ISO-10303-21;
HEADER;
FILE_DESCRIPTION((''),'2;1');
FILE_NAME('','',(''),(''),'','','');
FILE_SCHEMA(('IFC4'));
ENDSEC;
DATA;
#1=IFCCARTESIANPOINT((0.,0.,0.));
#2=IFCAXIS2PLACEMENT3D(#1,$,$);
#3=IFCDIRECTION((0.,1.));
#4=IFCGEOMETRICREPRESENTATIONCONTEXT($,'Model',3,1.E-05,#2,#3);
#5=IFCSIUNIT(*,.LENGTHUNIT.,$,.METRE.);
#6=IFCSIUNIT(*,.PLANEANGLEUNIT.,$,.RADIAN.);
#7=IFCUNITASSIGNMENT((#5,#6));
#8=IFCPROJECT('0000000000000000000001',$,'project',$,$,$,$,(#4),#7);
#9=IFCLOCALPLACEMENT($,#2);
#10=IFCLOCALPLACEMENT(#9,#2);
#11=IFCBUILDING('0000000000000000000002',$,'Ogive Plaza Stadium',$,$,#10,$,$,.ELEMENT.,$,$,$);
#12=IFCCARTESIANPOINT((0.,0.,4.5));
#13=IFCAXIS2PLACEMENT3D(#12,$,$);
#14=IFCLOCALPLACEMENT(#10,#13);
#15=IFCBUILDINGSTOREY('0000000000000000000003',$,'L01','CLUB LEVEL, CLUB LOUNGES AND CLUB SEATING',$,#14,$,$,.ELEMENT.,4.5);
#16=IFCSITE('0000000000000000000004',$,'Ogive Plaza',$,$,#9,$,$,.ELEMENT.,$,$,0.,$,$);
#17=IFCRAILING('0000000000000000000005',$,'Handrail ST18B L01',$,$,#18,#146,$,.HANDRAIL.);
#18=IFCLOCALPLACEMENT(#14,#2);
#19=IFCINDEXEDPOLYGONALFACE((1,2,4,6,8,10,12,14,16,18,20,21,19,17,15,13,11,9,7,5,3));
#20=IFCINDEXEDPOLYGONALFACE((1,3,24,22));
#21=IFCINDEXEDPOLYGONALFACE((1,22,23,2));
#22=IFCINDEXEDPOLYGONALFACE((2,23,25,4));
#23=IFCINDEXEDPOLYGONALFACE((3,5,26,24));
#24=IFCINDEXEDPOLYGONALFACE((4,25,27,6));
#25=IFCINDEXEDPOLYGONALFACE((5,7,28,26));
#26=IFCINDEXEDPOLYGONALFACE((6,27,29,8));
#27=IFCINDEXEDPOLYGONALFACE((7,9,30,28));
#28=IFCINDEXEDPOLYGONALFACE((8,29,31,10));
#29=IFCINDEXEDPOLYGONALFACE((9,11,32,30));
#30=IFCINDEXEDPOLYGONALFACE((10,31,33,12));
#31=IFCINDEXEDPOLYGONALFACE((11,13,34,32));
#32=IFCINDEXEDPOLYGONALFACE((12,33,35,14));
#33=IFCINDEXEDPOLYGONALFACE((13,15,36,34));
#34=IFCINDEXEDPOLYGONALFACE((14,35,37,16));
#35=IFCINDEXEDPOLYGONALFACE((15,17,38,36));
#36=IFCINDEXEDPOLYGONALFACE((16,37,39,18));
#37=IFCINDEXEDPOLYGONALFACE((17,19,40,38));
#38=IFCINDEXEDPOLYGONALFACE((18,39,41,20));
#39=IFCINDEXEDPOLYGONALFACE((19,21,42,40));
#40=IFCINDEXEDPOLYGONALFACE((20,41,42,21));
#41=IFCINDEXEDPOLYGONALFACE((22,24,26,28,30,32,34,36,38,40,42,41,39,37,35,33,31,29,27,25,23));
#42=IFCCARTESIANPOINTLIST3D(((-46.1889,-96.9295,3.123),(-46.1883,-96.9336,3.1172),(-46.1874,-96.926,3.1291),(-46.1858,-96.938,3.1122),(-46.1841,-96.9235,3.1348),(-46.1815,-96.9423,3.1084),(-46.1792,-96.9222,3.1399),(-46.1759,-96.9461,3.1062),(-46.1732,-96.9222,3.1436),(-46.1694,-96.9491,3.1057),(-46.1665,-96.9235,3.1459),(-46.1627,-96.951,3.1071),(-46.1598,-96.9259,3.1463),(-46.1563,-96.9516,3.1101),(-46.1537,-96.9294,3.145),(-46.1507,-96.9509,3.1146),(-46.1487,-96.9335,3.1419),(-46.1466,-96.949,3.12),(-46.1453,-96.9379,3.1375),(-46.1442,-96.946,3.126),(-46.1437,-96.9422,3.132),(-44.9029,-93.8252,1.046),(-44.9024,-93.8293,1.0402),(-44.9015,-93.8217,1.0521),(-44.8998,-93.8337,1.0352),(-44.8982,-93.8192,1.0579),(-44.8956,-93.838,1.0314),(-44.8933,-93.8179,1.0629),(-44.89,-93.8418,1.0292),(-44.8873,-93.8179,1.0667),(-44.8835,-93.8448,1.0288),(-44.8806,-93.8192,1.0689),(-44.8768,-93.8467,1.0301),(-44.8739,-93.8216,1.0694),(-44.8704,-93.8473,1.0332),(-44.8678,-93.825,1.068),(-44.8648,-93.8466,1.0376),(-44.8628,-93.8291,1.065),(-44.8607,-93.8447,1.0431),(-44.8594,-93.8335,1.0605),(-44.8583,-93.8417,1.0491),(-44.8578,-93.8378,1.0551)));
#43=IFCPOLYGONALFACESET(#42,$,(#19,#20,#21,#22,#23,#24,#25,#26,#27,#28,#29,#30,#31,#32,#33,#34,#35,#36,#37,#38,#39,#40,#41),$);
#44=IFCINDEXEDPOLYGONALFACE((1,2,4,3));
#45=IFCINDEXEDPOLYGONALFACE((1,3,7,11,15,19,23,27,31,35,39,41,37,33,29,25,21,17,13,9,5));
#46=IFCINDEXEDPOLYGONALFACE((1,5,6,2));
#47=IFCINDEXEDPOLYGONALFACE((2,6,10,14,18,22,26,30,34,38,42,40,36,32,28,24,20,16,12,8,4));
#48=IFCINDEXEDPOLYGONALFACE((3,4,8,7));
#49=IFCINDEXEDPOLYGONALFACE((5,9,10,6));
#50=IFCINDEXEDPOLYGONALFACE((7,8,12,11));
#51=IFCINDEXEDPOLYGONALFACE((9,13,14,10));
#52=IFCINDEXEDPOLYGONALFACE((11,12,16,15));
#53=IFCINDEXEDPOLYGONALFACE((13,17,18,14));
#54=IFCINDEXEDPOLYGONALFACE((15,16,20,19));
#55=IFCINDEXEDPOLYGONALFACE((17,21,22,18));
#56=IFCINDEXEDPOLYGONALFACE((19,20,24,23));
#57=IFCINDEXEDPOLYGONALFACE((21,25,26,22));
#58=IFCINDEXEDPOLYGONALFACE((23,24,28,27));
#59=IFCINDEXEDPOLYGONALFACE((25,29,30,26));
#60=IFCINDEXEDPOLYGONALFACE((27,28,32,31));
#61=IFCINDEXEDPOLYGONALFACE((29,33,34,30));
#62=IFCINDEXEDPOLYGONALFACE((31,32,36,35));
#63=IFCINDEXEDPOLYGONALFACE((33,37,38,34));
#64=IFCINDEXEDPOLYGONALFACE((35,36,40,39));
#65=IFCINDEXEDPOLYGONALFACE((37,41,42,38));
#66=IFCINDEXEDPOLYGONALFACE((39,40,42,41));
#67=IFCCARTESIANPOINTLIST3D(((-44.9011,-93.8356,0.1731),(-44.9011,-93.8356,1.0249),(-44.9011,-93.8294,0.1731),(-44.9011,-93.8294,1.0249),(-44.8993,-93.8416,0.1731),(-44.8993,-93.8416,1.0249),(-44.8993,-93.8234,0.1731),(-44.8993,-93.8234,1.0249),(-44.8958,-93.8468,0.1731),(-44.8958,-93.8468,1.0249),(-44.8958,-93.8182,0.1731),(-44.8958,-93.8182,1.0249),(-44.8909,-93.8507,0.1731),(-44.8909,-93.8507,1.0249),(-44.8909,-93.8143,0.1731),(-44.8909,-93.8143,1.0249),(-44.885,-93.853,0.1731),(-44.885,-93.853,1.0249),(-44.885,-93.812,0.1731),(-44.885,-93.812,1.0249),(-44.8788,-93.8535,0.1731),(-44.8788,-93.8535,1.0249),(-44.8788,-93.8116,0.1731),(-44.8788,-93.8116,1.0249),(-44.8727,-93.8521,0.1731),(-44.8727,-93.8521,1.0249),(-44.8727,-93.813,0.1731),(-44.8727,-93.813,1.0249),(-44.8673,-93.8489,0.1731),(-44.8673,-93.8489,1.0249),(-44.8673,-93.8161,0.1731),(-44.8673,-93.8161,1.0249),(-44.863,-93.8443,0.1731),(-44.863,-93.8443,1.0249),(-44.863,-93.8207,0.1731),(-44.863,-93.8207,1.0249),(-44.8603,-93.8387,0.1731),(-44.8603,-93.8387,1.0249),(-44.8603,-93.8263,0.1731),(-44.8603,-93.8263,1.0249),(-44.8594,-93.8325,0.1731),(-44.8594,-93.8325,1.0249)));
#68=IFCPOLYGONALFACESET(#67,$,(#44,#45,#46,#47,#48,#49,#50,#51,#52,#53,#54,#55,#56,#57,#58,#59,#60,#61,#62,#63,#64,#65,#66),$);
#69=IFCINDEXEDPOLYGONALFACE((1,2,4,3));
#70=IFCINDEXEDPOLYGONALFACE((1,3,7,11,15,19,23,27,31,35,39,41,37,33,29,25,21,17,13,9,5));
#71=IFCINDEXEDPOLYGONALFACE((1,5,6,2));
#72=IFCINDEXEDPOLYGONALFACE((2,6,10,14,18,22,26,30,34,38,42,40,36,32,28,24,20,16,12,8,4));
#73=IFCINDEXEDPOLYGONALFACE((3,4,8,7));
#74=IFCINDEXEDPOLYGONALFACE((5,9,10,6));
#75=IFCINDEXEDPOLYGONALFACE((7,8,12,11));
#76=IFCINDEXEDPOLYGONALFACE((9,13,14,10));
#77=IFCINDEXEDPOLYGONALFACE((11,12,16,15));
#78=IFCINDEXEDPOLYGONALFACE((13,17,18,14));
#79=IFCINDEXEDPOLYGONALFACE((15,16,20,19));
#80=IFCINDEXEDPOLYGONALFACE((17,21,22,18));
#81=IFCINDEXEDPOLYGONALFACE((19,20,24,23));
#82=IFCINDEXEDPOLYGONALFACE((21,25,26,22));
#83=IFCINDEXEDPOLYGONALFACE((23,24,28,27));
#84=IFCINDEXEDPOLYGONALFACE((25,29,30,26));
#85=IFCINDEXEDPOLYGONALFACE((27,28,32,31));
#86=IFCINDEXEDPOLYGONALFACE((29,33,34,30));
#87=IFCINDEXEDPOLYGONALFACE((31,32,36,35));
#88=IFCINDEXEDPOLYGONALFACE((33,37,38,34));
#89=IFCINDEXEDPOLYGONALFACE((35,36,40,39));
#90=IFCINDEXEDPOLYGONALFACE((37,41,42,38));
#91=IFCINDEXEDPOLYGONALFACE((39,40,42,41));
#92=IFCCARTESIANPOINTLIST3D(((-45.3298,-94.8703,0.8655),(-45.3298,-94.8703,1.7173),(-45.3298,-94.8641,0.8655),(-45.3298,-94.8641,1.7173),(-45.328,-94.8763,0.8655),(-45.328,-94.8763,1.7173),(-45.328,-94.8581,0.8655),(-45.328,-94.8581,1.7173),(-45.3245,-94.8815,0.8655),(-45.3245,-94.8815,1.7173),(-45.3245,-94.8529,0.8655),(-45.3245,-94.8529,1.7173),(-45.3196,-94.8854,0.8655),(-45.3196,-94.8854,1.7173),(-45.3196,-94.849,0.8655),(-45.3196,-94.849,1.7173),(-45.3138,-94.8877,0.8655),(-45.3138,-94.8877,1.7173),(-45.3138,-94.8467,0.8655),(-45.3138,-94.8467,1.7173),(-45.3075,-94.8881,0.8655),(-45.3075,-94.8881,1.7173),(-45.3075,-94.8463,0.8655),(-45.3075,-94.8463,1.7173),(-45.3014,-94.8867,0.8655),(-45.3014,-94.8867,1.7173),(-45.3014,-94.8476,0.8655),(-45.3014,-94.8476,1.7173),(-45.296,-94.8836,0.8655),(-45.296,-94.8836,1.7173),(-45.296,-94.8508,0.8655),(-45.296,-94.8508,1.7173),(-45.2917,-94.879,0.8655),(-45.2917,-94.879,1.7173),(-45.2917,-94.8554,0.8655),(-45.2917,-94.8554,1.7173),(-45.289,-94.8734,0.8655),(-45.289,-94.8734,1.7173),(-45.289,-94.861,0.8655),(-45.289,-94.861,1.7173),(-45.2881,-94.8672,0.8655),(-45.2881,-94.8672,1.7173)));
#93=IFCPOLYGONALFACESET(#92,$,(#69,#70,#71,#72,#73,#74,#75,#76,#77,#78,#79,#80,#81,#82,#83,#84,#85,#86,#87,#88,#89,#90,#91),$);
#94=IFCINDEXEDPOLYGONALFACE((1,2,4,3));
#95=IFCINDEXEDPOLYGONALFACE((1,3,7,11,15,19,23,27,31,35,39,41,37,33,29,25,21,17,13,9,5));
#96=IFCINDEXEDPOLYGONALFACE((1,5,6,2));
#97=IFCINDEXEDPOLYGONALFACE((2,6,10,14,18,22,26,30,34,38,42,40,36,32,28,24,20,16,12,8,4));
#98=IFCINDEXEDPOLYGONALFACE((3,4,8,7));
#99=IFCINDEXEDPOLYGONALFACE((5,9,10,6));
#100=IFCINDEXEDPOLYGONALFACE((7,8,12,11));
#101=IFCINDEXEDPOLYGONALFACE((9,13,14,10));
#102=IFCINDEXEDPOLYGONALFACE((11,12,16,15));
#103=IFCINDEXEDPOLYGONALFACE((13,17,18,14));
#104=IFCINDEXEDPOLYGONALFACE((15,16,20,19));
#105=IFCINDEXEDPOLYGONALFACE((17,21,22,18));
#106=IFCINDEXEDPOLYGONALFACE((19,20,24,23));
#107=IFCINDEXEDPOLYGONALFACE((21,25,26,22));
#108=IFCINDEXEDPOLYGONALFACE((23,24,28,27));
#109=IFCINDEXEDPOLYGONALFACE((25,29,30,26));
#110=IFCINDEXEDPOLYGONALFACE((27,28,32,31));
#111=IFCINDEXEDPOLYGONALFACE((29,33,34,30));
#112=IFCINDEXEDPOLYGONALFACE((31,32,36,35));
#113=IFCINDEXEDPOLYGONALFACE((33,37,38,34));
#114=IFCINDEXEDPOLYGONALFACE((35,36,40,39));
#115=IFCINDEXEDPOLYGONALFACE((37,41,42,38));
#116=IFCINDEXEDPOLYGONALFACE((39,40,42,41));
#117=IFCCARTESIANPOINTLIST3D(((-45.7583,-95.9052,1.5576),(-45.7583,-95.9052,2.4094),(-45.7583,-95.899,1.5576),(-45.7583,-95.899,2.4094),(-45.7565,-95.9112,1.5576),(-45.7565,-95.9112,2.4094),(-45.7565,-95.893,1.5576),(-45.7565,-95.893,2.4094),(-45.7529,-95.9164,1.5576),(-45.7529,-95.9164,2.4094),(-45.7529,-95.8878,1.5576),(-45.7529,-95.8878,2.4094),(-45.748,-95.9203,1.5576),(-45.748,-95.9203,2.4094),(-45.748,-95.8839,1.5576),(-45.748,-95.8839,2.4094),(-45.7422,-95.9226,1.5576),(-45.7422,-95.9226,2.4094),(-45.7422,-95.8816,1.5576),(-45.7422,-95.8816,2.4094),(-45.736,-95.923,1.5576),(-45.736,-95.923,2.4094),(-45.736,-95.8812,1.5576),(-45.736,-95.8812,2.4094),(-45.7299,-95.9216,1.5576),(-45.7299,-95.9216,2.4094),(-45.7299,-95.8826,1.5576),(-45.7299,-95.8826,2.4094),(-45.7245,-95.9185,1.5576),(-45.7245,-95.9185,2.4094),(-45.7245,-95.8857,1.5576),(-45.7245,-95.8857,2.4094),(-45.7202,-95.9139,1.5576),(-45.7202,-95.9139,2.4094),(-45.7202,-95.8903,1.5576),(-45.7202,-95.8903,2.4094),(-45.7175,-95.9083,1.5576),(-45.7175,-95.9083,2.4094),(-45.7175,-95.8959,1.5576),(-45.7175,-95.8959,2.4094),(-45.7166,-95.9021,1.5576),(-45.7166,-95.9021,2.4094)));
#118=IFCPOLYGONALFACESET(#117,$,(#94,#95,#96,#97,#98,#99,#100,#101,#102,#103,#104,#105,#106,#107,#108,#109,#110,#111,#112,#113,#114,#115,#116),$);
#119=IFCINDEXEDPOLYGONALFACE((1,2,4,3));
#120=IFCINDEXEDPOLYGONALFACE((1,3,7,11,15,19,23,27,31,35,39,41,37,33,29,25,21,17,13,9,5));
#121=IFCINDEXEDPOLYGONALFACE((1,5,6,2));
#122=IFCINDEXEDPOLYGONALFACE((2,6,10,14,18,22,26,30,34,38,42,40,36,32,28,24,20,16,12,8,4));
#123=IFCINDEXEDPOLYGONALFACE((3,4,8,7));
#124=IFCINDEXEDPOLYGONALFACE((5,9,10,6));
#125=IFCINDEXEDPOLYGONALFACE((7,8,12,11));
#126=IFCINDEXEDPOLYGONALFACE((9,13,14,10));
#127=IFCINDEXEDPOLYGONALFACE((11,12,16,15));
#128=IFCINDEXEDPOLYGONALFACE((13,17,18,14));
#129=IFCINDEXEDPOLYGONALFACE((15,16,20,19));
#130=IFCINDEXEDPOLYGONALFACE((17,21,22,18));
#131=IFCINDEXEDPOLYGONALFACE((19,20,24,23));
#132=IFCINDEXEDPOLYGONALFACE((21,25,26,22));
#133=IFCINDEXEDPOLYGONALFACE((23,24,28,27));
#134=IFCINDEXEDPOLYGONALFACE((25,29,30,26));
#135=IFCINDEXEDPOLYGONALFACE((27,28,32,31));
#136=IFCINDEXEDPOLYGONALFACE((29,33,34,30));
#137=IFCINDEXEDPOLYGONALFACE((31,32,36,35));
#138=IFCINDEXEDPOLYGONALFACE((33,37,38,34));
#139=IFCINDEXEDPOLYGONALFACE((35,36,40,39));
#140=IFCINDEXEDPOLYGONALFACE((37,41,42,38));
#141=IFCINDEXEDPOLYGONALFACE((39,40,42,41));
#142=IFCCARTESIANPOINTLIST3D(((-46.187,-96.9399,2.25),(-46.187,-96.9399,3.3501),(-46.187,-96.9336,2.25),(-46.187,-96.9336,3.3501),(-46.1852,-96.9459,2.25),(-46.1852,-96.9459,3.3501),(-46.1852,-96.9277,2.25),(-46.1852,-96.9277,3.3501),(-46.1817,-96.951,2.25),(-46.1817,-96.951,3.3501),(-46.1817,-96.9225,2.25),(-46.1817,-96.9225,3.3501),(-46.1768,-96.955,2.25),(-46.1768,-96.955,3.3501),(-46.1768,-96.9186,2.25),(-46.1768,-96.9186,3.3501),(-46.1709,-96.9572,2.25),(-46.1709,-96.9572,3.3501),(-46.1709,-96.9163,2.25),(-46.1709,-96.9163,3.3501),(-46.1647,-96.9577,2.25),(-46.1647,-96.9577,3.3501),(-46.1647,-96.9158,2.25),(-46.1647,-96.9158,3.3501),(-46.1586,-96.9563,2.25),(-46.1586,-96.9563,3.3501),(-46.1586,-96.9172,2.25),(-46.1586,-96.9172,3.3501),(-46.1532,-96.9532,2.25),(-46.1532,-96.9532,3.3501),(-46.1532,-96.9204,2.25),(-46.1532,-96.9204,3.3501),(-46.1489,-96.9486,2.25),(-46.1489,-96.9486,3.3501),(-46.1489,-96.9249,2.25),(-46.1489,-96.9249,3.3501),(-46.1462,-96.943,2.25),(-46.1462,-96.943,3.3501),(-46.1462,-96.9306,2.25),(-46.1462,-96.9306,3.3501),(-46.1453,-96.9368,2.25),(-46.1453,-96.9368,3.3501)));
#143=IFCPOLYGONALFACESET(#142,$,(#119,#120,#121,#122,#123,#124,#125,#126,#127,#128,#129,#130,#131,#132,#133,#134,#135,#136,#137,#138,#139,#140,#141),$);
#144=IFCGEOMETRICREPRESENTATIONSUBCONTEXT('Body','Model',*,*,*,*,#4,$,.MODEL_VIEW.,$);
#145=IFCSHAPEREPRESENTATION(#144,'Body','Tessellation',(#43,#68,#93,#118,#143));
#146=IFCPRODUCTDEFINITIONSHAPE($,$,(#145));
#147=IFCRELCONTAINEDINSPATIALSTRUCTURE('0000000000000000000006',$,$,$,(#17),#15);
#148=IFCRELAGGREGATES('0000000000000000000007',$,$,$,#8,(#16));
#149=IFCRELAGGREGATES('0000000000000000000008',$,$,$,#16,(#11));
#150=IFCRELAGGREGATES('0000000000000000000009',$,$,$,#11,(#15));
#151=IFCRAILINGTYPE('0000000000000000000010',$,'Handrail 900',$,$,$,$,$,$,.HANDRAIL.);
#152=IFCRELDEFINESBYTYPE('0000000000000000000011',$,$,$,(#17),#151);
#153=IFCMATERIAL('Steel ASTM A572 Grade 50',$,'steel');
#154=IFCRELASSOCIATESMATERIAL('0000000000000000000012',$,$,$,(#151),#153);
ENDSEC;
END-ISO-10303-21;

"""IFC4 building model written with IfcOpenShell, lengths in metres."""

from ifc_helpers import new_model, si_unit, direction, frame, origin, origin_2d, place, context, subcontext, project, spatial, circle, extrude, material, type_object, element, save


model = new_model("IFC4")

# Units and contexts
model_context = context("Model", 3, precision=1e-05, world=origin(), true_north=direction((0.0, 1.0)))
body_context = subcontext(model_context, "Body", "Model", "MODEL_VIEW")
ifc_project = project(units=[si_unit("LENGTHUNIT", "METRE"), si_unit("PLANEANGLEUNIT", "RADIAN")], contexts=[model_context])

# Site, building, storey
site_placement = place(None, origin())
site = spatial("IfcSite", under=ifc_project, at=site_placement, Name="Ogive Plaza", CompositionType="ELEMENT", RefElevation=0.0)
building_placement = place(site_placement, origin())
building = spatial("IfcBuilding", under=site, at=building_placement, Name="Ogive Plaza Stadium", CompositionType="ELEMENT")
storey_placement = place(building_placement, frame((0.0, 0.0, 4.5)))
storey = spatial("IfcBuildingStorey", under=building, at=storey_placement, Name="L01", Description="CLUB LEVEL, CLUB LOUNGES AND CLUB SEATING", CompositionType="ELEMENT", Elevation=4.5)

# Railing
ifc_material_1 = material(Name="Steel ASTM A572 Grade 50", Category="steel")
railing_type_1 = type_object("IfcRailingType", Name="Handrail 900", PredefinedType="HANDRAIL", material=ifc_material_1)
for number, where, name in (
    (1, (-44.8804, -93.8325, 0.1731), "Handrail ST18B L01"),
):
    element("IfcRailing", number, at=place(storey_placement, frame(where)), inside=storey, type_object=railing_type_1, Name=name, PredefinedType="HANDRAIL", context=body_context, shape_type="SweptSolid", body=[
        extrude(circle(Radius=0.0239, at=origin_2d()), frame((0.0, 0.0, 0.876), z_axis=(-0.325532, -0.785863, 0.525783), x_axis=(0.923872, -0.3827, 0.0)), (0.0, 0.0, 1.0), 3.9502),
        extrude(circle(Radius=0.021, at=origin_2d()), origin(), (0.0, 0.0, 1.0), 0.8518),
        extrude(circle(Radius=0.021, at=origin_2d()), frame((-0.4287, -1.0347, 0.6924)), (0.0, 0.0, 1.0), 0.8518),
        extrude(circle(Radius=0.021, at=origin_2d()), frame((-0.8572, -2.0696, 1.3845)), (0.0, 0.0, 1.0), 0.8518),
        extrude(circle(Radius=0.021, at=origin_2d()), frame((-1.2859, -3.1042, 2.0769)), (0.0, 0.0, 1.0), 1.1001),
    ])

save(model, "model.ifc")
